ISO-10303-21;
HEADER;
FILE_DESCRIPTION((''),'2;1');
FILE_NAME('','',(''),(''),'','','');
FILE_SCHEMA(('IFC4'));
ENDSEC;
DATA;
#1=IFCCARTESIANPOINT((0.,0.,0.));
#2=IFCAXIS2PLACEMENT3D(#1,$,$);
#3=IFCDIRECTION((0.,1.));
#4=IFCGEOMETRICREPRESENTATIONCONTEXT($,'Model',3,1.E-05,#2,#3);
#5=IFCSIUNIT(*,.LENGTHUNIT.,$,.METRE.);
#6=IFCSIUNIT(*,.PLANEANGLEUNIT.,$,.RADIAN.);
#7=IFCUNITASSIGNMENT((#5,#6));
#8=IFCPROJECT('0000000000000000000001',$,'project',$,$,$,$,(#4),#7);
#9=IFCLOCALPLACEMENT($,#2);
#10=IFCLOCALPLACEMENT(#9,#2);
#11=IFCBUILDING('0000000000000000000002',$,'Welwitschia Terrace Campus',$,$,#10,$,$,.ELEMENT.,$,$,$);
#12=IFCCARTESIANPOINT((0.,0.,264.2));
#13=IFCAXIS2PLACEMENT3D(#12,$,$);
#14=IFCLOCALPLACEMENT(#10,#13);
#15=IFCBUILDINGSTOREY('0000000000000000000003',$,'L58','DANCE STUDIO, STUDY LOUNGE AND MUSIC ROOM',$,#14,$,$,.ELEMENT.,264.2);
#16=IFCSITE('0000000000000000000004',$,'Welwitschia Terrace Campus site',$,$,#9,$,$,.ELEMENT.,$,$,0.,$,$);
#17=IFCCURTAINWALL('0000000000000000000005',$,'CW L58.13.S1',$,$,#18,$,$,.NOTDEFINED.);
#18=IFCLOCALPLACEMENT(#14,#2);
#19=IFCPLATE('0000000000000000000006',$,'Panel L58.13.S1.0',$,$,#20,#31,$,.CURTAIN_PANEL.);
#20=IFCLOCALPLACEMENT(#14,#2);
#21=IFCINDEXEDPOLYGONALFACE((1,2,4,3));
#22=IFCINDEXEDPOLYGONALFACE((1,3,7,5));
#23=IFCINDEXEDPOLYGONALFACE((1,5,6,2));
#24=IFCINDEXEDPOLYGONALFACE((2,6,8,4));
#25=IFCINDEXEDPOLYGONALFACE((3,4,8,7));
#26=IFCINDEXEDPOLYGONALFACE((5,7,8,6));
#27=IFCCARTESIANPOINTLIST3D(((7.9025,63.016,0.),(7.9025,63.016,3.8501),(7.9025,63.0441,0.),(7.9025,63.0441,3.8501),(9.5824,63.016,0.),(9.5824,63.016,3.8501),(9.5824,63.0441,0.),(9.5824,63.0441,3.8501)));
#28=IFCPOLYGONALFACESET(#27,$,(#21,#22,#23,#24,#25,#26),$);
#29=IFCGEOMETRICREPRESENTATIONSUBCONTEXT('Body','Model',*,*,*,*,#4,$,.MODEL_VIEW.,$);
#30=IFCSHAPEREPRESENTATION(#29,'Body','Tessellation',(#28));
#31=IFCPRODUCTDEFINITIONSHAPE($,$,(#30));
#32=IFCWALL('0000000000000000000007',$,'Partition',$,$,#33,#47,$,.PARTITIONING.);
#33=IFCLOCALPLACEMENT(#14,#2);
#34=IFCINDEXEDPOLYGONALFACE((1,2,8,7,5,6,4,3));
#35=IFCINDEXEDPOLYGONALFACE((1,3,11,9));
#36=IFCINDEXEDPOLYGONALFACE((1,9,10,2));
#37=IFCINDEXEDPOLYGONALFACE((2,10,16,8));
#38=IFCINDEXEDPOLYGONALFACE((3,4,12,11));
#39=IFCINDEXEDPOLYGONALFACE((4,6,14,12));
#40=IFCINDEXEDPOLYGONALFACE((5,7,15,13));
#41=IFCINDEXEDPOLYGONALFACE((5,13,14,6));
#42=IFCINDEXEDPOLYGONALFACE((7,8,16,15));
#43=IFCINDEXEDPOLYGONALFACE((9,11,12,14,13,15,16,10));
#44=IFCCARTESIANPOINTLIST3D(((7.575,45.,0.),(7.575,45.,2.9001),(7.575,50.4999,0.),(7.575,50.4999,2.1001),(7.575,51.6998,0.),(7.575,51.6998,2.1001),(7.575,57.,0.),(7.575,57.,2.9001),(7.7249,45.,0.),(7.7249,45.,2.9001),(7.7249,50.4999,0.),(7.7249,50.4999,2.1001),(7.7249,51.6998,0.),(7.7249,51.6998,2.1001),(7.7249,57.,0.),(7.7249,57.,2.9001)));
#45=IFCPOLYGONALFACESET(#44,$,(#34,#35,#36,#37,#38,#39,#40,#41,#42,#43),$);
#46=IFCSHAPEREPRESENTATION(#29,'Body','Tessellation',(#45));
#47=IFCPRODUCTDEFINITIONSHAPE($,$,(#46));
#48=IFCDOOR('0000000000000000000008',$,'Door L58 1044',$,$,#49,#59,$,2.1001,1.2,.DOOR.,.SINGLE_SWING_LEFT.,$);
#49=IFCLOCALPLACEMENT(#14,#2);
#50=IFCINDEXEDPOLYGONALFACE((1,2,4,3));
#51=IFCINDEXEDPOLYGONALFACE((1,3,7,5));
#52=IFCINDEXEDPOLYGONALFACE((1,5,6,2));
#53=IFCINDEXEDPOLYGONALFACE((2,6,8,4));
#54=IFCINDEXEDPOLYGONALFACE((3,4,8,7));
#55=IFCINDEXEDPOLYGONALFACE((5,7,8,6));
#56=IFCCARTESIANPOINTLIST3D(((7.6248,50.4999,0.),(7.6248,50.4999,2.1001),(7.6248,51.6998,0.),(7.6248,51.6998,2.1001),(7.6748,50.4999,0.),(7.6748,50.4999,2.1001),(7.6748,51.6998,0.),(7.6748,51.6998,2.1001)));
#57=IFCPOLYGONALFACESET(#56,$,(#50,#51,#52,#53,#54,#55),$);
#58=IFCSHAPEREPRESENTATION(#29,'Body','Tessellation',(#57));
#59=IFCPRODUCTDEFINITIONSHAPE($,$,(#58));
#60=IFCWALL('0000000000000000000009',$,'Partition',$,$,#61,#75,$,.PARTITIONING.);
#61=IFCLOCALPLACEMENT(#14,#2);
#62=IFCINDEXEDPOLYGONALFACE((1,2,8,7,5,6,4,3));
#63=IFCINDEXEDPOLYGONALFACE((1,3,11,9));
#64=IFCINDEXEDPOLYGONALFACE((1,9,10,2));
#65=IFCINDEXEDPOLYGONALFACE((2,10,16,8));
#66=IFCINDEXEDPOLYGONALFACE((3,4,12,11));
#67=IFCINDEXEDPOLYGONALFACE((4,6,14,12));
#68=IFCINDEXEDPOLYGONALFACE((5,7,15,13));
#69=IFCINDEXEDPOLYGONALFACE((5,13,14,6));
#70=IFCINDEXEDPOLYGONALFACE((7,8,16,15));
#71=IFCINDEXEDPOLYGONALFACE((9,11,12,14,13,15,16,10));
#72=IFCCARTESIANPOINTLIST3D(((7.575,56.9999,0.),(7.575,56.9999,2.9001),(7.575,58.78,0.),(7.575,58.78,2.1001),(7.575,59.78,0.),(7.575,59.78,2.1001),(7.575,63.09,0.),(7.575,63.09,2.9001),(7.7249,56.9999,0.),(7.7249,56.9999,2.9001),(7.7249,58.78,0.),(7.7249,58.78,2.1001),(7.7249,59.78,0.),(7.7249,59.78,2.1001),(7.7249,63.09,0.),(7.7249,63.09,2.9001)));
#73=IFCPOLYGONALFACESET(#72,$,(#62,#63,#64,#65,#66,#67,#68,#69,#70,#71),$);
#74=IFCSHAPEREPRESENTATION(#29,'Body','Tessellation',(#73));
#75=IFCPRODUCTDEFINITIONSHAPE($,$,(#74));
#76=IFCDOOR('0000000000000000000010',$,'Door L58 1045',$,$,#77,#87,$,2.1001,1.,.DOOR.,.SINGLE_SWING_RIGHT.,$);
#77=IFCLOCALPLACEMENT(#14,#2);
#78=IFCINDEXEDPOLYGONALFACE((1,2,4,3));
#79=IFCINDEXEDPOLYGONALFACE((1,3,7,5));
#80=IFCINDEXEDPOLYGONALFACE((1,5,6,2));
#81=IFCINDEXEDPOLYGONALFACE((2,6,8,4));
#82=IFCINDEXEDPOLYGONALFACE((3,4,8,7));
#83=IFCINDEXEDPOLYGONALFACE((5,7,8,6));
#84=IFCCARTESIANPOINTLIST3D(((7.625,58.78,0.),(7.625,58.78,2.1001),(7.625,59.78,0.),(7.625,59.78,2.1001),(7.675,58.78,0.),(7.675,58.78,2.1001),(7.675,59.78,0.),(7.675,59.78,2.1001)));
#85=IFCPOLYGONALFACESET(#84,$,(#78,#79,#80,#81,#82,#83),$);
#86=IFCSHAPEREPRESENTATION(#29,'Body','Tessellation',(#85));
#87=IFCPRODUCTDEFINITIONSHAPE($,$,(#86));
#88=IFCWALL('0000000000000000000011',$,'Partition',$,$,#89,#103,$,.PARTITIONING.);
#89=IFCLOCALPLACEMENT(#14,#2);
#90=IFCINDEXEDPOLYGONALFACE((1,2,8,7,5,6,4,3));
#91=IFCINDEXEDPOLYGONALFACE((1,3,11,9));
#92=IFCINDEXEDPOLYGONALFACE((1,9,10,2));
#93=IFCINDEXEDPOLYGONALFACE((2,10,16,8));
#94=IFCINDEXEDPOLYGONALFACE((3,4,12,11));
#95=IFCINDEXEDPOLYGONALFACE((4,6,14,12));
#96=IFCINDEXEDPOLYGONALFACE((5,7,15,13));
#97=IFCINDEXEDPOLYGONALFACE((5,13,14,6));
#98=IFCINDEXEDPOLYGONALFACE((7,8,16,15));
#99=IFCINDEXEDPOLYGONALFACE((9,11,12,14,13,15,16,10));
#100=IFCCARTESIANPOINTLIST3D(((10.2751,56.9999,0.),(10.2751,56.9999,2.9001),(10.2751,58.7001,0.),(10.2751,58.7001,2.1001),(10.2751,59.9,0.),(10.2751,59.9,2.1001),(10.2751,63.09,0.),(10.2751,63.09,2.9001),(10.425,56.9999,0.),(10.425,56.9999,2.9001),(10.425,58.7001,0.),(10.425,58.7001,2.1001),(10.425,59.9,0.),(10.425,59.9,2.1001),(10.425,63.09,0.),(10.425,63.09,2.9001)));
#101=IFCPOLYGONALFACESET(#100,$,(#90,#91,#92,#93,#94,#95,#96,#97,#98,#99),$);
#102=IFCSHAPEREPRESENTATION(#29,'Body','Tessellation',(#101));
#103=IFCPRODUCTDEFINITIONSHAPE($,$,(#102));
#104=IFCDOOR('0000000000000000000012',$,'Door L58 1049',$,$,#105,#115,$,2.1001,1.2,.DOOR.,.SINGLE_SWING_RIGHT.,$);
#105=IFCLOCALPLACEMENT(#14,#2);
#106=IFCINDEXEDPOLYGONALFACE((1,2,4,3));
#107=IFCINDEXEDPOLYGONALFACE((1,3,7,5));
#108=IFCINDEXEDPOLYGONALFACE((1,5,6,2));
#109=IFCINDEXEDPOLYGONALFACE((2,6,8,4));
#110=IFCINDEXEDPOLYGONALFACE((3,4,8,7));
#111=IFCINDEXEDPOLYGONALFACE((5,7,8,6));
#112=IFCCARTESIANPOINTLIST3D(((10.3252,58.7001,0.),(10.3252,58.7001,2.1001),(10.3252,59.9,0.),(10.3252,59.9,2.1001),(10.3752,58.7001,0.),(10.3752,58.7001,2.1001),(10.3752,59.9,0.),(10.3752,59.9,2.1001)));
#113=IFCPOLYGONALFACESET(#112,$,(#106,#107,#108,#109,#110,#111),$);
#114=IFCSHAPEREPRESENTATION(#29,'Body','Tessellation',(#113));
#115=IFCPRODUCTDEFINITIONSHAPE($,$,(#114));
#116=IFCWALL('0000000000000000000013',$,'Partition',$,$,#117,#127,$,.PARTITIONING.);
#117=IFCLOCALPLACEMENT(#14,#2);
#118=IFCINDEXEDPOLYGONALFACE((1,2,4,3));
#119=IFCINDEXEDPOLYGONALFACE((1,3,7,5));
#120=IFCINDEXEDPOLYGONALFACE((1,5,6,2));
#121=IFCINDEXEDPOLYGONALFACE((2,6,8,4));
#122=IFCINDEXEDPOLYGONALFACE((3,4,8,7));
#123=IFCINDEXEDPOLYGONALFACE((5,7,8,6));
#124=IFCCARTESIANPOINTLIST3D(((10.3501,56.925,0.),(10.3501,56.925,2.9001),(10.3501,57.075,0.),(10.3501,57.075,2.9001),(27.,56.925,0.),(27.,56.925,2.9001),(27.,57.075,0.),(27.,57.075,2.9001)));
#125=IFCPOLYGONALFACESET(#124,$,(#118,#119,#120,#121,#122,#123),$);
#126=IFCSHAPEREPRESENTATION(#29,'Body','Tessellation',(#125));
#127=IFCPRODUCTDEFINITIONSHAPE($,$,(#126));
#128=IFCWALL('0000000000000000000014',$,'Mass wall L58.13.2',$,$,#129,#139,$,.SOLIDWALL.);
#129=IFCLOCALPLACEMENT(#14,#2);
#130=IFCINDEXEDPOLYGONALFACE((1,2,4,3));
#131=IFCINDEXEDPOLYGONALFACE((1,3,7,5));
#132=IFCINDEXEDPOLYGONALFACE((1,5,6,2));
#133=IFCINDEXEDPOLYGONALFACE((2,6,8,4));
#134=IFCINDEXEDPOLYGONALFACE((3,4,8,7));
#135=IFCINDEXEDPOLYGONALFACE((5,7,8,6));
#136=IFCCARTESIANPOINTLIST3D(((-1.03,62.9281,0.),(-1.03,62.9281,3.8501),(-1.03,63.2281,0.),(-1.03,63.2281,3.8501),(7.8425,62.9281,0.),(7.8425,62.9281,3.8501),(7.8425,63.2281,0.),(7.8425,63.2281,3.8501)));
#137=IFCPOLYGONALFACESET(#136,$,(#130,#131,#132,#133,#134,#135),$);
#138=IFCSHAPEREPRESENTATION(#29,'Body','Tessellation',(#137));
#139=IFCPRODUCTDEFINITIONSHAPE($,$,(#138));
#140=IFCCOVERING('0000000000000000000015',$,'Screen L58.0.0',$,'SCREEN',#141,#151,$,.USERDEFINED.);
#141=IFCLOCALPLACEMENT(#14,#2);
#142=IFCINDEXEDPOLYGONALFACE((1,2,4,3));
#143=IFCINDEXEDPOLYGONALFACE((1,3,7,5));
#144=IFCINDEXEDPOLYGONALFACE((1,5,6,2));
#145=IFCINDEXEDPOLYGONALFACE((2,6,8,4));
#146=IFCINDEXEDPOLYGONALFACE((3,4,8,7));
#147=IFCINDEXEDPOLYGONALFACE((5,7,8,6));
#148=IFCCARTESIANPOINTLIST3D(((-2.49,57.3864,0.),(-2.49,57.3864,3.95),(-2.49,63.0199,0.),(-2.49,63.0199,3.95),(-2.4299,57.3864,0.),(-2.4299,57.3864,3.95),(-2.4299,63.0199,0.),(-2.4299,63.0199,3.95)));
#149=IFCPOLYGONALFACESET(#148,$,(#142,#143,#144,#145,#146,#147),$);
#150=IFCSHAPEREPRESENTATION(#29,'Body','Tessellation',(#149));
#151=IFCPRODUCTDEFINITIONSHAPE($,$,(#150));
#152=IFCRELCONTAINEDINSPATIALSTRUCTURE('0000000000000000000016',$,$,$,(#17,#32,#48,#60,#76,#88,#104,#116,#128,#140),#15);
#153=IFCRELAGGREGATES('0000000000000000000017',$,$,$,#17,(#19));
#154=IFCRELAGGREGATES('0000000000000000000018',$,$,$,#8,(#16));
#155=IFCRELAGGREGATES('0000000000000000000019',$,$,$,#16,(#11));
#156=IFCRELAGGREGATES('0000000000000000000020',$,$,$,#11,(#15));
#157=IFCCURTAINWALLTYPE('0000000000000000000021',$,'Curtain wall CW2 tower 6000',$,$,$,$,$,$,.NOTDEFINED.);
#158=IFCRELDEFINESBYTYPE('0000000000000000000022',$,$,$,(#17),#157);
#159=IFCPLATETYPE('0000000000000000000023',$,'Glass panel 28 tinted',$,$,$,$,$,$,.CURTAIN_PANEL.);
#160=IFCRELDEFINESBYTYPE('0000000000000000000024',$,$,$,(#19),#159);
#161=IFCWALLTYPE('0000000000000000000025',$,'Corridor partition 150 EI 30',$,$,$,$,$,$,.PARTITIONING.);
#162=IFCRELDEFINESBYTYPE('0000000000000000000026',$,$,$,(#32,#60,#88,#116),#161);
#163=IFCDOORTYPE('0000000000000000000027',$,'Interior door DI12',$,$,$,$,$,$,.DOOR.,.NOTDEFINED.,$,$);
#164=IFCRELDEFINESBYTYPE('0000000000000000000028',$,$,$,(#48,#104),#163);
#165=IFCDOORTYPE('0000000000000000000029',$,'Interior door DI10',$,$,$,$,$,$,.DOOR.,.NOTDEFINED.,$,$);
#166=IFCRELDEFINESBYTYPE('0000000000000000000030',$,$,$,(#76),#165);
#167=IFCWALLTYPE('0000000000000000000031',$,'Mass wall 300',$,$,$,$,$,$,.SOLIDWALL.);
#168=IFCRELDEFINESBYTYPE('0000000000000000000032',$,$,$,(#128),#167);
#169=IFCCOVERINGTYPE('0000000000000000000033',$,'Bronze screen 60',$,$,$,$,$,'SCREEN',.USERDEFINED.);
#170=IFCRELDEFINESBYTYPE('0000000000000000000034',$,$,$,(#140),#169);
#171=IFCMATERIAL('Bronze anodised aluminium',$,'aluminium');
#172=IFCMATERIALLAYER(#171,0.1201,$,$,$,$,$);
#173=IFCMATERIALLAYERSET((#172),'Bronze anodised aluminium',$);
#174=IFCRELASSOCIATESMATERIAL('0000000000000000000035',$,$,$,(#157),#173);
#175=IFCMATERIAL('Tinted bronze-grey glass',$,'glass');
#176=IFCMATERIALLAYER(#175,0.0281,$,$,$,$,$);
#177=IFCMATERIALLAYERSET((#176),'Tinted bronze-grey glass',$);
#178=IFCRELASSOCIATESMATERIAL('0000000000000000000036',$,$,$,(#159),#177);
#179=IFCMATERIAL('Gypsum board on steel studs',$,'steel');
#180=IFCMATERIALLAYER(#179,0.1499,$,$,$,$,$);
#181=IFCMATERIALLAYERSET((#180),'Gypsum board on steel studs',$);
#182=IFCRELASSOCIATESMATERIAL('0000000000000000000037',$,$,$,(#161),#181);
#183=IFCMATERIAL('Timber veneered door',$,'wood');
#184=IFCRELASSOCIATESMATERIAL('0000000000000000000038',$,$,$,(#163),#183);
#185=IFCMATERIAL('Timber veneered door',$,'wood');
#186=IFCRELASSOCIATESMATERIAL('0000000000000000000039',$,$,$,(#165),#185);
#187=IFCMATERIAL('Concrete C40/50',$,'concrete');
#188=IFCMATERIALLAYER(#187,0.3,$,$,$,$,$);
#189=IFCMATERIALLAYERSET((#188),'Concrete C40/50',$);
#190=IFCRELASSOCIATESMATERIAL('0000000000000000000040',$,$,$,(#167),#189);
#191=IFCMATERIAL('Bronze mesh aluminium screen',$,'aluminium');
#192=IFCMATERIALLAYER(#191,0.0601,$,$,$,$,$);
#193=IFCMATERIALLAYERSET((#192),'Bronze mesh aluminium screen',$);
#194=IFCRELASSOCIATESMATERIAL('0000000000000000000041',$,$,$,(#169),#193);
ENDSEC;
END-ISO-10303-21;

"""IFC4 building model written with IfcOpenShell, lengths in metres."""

from ifc_helpers import new_model, si_unit, direction, frame, frame_2d, origin, origin_2d, place, context, subcontext, project, spatial, rectangle, extrude, material, layer, layer_set, type_object, element, fill, aggregate, save


model = new_model("IFC4")

# Units and contexts
model_context = context("Model", 3, precision=1e-05, world=origin(), true_north=direction((0.0, 1.0)))
body_context = subcontext(model_context, "Body", "Model", "MODEL_VIEW")
ifc_project = project(units=[si_unit("LENGTHUNIT", "METRE"), si_unit("PLANEANGLEUNIT", "RADIAN")], contexts=[model_context])

# Site, building, storey
site_placement = place(None, origin())
site = spatial("IfcSite", under=ifc_project, at=site_placement, Name="Welwitschia Terrace Campus site", CompositionType="ELEMENT", RefElevation=0.0)
building_placement = place(site_placement, origin())
building = spatial("IfcBuilding", under=site, at=building_placement, Name="Welwitschia Terrace Campus", CompositionType="ELEMENT")
storey_placement = place(building_placement, frame((0.0, 0.0, 264.2)))
storey = spatial("IfcBuildingStorey", under=building, at=storey_placement, Name="L58", Description="DANCE STUDIO, STUDY LOUNGE AND MUSIC ROOM", CompositionType="ELEMENT", Elevation=264.2)

# Curtain wall
ifc_material_1 = material(Name="Bronze anodised aluminium", Category="aluminium")
ifc_layer_1 = layer(ifc_material_1, 0.1201)
ifc_layer_set_1 = layer_set([ifc_layer_1], Name="Bronze anodised aluminium")
curtain_wall_type = type_object("IfcCurtainWallType", Name="Curtain wall CW2 tower 6000", PredefinedType="NOTDEFINED", material=ifc_layer_set_1)
curtain_wall_1_placement = place(storey_placement, origin())
curtain_wall_1 = element("IfcCurtainWall", 1, at=curtain_wall_1_placement, inside=storey, type_object=curtain_wall_type, Name="CW L58.13.S1", PredefinedType="NOTDEFINED")

# Plate
ifc_material_2 = material(Name="Tinted bronze-grey glass", Category="glass")
ifc_layer_2 = layer(ifc_material_2, 0.0281)
ifc_layer_set_2 = layer_set([ifc_layer_2], Name="Tinted bronze-grey glass")
plate_type = type_object("IfcPlateType", Name="Glass panel 28 tinted", PredefinedType="CURTAIN_PANEL", material=ifc_layer_set_2)
plate_1_placement = place(storey_placement, frame((8.7424, 63.03, 0.0), z_axis=(0.0, 0.0, 1.0), x_axis=(-1.0, 0.0, 0.0)))
plate_1 = element("IfcPlate", 2, at=plate_1_placement, type_object=plate_type, Name="Panel L58.13.S1.0", PredefinedType="CURTAIN_PANEL", context=body_context, shape_type="SweptSolid", body=[
    extrude(rectangle(XDim=1.6799, YDim=0.0281, at=origin_2d()), origin(), (0.0, 0.0, 1.0), 3.8501),
])
aggregate(curtain_wall_1, [plate_1])

# Walls, openings, doors
ifc_material_3 = material(Name="Gypsum board on steel studs", Category="steel")
ifc_layer_3 = layer(ifc_material_3, 0.1499)
ifc_layer_set_3 = layer_set([ifc_layer_3], Name="Gypsum board on steel studs")
wall_type_1 = type_object("IfcWallType", Name="Corridor partition 150 EI 30", PredefinedType="PARTITIONING", material=ifc_layer_set_3)
wall_1_placement = place(storey_placement, frame((7.6499, 57.0, 0.0), z_axis=(0.0, 0.0, 1.0), x_axis=(0.0, -1.0, 0.0)))
wall_1 = element("IfcWall", 3, at=wall_1_placement, inside=storey, type_object=wall_type_1, Name="Partition", PredefinedType="PARTITIONING", context=body_context, shape_type="SweptSolid", body=[
    extrude(rectangle(XDim=12.0, YDim=0.1499, at=frame_2d((6.0, 0.0))), origin(), (0.0, 0.0, 1.0), 2.9001),
])
opening_1_placement = place(wall_1_placement, frame((5.3, 0.0, 0.0)))
opening_1 = element("IfcOpeningElement", 4, at=opening_1_placement, cuts=wall_1, PredefinedType="OPENING", context=body_context, shape_type="SweptSolid", body=[
    extrude(rectangle(XDim=1.2, YDim=2.1001, at=frame_2d((0.6001, 1.05))), frame((0.0, 0.085, 0.0), z_axis=(0.0, -1.0, 0.0), x_axis=(1.0, 0.0, 0.0)), (0.0, 0.0, 1.0), 0.1699),
])
ifc_material_4 = material(Name="Timber veneered door", Category="wood")
door_type_1 = type_object("IfcDoorType", Name="Interior door DI12", OperationType="NOTDEFINED", PredefinedType="DOOR", material=ifc_material_4)
door_1_placement = place(opening_1_placement, origin())
door_1 = element("IfcDoor", 5, at=door_1_placement, inside=storey, type_object=door_type_1, Name="Door L58 1044", OperationType="SINGLE_SWING_LEFT", OverallHeight=2.1001, OverallWidth=1.2, PredefinedType="DOOR", context=body_context, shape_type="SweptSolid", body=[
    extrude(rectangle(XDim=1.2, YDim=2.1001, at=frame_2d((0.6001, 1.05))), frame((0.0, 0.0249, 0.0), z_axis=(0.0, -1.0, 0.0), x_axis=(1.0, 0.0, 0.0)), (0.0, 0.0, 1.0), 0.05),
])
fill(opening_1, door_1)
wall_2_placement = place(storey_placement, frame((7.6499, 57.0, 0.0), z_axis=(0.0, 0.0, 1.0), x_axis=(0.0, 1.0, 0.0)))
wall_2 = element("IfcWall", 6, at=wall_2_placement, inside=storey, type_object=wall_type_1, Name="Partition", PredefinedType="PARTITIONING", context=body_context, shape_type="SweptSolid", body=[
    extrude(rectangle(XDim=6.0901, YDim=0.1499, at=frame_2d((3.0449, 0.0))), origin(), (0.0, 0.0, 1.0), 2.9001),
])
opening_2_placement = place(wall_2_placement, frame((1.78, 0.0, 0.0)))
opening_2 = element("IfcOpeningElement", 7, at=opening_2_placement, cuts=wall_2, PredefinedType="OPENING", context=body_context, shape_type="SweptSolid", body=[
    extrude(rectangle(XDim=1.0, YDim=2.1001, at=frame_2d((0.5, 1.05))), frame((0.0, 0.085, 0.0), z_axis=(0.0, -1.0, 0.0), x_axis=(1.0, 0.0, 0.0)), (0.0, 0.0, 1.0), 0.1699),
])
ifc_material_5 = material(Name="Timber veneered door", Category="wood")
door_type_2 = type_object("IfcDoorType", Name="Interior door DI10", OperationType="NOTDEFINED", PredefinedType="DOOR", material=ifc_material_5)
door_2_placement = place(opening_2_placement, origin())
door_2 = element("IfcDoor", 8, at=door_2_placement, inside=storey, type_object=door_type_2, Name="Door L58 1045", OperationType="SINGLE_SWING_RIGHT", OverallHeight=2.1001, OverallWidth=1.0, PredefinedType="DOOR", context=body_context, shape_type="SweptSolid", body=[
    extrude(rectangle(XDim=1.0, YDim=2.1001, at=frame_2d((0.5, 1.05))), frame((0.0, 0.0249, 0.0), z_axis=(0.0, -1.0, 0.0), x_axis=(1.0, 0.0, 0.0)), (0.0, 0.0, 1.0), 0.05),
])
fill(opening_2, door_2)
wall_3_placement = place(storey_placement, frame((10.3501, 57.0, 0.0), z_axis=(0.0, 0.0, 1.0), x_axis=(0.0, 1.0, 0.0)))
wall_3 = element("IfcWall", 9, at=wall_3_placement, inside=storey, type_object=wall_type_1, Name="Partition", PredefinedType="PARTITIONING", context=body_context, shape_type="SweptSolid", body=[
    extrude(rectangle(XDim=6.0901, YDim=0.1499, at=frame_2d((3.0449, 0.0))), origin(), (0.0, 0.0, 1.0), 2.9001),
])
opening_3_placement = place(wall_3_placement, frame((1.7, 0.0, 0.0)))
opening_3 = element("IfcOpeningElement", 10, at=opening_3_placement, cuts=wall_3, PredefinedType="OPENING", context=body_context, shape_type="SweptSolid", body=[
    extrude(rectangle(XDim=1.2, YDim=2.1001, at=frame_2d((0.6001, 1.05))), frame((0.0, 0.085, 0.0), z_axis=(0.0, -1.0, 0.0), x_axis=(1.0, 0.0, 0.0)), (0.0, 0.0, 1.0), 0.1699),
])
door_3_placement = place(opening_3_placement, origin())
door_3 = element("IfcDoor", 11, at=door_3_placement, inside=storey, type_object=door_type_1, Name="Door L58 1049", OperationType="SINGLE_SWING_RIGHT", OverallHeight=2.1001, OverallWidth=1.2, PredefinedType="DOOR", context=body_context, shape_type="SweptSolid", body=[
    extrude(rectangle(XDim=1.2, YDim=2.1001, at=frame_2d((0.6001, 1.05))), frame((0.0, 0.0249, 0.0), z_axis=(0.0, -1.0, 0.0), x_axis=(1.0, 0.0, 0.0)), (0.0, 0.0, 1.0), 0.05),
])
fill(opening_3, door_3)

# Walls
wall_4_placement = place(storey_placement, frame((10.3501, 57.0, 0.0), z_axis=(0.0, 0.0, 1.0), x_axis=(1.0, 0.0, 0.0)))
element("IfcWall", 12, at=wall_4_placement, inside=storey, type_object=wall_type_1, Name="Partition", PredefinedType="PARTITIONING", context=body_context, shape_type="SweptSolid", body=[
    extrude(rectangle(XDim=16.6499, YDim=0.1499, at=frame_2d((8.325, 0.0))), origin(), (0.0, 0.0, 1.0), 2.9001),
])
ifc_material_6 = material(Name="Concrete C40/50", Category="concrete")
ifc_layer_4 = layer(ifc_material_6, 0.3)
ifc_layer_set_4 = layer_set([ifc_layer_4], Name="Concrete C40/50")
wall_type_2 = type_object("IfcWallType", Name="Mass wall 300", PredefinedType="SOLIDWALL", material=ifc_layer_set_4)
wall_5_placement = place(storey_placement, frame((7.8425, 63.0781, 0.0), z_axis=(0.0, 0.0, 1.0), x_axis=(-1.0, 0.0, 0.0)))
element("IfcWall", 13, at=wall_5_placement, inside=storey, type_object=wall_type_2, Name="Mass wall L58.13.2", PredefinedType="SOLIDWALL", context=body_context, shape_type="SweptSolid", body=[
    extrude(rectangle(XDim=8.8726, YDim=0.3, at=frame_2d((4.4363, 0.0))), origin(), (0.0, 0.0, 1.0), 3.8501),
])

# Covering
ifc_material_7 = material(Name="Bronze mesh aluminium screen", Category="aluminium")
ifc_layer_5 = layer(ifc_material_7, 0.0601)
ifc_layer_set_5 = layer_set([ifc_layer_5], Name="Bronze mesh aluminium screen")
covering_type = type_object("IfcCoveringType", Name="Bronze screen 60", ElementType="SCREEN", PredefinedType="USERDEFINED", material=ifc_layer_set_5)
covering_placement = place(storey_placement, frame((-2.46, 60.2031, 0.0), z_axis=(0.0, 0.0, 1.0), x_axis=(0.0, -1.0, 0.0)))
element("IfcCovering", 14, at=covering_placement, inside=storey, type_object=covering_type, Name="Screen L58.0.0", ObjectType="SCREEN", PredefinedType="USERDEFINED", context=body_context, shape_type="SweptSolid", body=[
    extrude(rectangle(XDim=5.6335, YDim=0.0601, at=origin_2d()), origin(), (0.0, 0.0, 1.0), 3.95),
])

save(model, "model.ifc")
